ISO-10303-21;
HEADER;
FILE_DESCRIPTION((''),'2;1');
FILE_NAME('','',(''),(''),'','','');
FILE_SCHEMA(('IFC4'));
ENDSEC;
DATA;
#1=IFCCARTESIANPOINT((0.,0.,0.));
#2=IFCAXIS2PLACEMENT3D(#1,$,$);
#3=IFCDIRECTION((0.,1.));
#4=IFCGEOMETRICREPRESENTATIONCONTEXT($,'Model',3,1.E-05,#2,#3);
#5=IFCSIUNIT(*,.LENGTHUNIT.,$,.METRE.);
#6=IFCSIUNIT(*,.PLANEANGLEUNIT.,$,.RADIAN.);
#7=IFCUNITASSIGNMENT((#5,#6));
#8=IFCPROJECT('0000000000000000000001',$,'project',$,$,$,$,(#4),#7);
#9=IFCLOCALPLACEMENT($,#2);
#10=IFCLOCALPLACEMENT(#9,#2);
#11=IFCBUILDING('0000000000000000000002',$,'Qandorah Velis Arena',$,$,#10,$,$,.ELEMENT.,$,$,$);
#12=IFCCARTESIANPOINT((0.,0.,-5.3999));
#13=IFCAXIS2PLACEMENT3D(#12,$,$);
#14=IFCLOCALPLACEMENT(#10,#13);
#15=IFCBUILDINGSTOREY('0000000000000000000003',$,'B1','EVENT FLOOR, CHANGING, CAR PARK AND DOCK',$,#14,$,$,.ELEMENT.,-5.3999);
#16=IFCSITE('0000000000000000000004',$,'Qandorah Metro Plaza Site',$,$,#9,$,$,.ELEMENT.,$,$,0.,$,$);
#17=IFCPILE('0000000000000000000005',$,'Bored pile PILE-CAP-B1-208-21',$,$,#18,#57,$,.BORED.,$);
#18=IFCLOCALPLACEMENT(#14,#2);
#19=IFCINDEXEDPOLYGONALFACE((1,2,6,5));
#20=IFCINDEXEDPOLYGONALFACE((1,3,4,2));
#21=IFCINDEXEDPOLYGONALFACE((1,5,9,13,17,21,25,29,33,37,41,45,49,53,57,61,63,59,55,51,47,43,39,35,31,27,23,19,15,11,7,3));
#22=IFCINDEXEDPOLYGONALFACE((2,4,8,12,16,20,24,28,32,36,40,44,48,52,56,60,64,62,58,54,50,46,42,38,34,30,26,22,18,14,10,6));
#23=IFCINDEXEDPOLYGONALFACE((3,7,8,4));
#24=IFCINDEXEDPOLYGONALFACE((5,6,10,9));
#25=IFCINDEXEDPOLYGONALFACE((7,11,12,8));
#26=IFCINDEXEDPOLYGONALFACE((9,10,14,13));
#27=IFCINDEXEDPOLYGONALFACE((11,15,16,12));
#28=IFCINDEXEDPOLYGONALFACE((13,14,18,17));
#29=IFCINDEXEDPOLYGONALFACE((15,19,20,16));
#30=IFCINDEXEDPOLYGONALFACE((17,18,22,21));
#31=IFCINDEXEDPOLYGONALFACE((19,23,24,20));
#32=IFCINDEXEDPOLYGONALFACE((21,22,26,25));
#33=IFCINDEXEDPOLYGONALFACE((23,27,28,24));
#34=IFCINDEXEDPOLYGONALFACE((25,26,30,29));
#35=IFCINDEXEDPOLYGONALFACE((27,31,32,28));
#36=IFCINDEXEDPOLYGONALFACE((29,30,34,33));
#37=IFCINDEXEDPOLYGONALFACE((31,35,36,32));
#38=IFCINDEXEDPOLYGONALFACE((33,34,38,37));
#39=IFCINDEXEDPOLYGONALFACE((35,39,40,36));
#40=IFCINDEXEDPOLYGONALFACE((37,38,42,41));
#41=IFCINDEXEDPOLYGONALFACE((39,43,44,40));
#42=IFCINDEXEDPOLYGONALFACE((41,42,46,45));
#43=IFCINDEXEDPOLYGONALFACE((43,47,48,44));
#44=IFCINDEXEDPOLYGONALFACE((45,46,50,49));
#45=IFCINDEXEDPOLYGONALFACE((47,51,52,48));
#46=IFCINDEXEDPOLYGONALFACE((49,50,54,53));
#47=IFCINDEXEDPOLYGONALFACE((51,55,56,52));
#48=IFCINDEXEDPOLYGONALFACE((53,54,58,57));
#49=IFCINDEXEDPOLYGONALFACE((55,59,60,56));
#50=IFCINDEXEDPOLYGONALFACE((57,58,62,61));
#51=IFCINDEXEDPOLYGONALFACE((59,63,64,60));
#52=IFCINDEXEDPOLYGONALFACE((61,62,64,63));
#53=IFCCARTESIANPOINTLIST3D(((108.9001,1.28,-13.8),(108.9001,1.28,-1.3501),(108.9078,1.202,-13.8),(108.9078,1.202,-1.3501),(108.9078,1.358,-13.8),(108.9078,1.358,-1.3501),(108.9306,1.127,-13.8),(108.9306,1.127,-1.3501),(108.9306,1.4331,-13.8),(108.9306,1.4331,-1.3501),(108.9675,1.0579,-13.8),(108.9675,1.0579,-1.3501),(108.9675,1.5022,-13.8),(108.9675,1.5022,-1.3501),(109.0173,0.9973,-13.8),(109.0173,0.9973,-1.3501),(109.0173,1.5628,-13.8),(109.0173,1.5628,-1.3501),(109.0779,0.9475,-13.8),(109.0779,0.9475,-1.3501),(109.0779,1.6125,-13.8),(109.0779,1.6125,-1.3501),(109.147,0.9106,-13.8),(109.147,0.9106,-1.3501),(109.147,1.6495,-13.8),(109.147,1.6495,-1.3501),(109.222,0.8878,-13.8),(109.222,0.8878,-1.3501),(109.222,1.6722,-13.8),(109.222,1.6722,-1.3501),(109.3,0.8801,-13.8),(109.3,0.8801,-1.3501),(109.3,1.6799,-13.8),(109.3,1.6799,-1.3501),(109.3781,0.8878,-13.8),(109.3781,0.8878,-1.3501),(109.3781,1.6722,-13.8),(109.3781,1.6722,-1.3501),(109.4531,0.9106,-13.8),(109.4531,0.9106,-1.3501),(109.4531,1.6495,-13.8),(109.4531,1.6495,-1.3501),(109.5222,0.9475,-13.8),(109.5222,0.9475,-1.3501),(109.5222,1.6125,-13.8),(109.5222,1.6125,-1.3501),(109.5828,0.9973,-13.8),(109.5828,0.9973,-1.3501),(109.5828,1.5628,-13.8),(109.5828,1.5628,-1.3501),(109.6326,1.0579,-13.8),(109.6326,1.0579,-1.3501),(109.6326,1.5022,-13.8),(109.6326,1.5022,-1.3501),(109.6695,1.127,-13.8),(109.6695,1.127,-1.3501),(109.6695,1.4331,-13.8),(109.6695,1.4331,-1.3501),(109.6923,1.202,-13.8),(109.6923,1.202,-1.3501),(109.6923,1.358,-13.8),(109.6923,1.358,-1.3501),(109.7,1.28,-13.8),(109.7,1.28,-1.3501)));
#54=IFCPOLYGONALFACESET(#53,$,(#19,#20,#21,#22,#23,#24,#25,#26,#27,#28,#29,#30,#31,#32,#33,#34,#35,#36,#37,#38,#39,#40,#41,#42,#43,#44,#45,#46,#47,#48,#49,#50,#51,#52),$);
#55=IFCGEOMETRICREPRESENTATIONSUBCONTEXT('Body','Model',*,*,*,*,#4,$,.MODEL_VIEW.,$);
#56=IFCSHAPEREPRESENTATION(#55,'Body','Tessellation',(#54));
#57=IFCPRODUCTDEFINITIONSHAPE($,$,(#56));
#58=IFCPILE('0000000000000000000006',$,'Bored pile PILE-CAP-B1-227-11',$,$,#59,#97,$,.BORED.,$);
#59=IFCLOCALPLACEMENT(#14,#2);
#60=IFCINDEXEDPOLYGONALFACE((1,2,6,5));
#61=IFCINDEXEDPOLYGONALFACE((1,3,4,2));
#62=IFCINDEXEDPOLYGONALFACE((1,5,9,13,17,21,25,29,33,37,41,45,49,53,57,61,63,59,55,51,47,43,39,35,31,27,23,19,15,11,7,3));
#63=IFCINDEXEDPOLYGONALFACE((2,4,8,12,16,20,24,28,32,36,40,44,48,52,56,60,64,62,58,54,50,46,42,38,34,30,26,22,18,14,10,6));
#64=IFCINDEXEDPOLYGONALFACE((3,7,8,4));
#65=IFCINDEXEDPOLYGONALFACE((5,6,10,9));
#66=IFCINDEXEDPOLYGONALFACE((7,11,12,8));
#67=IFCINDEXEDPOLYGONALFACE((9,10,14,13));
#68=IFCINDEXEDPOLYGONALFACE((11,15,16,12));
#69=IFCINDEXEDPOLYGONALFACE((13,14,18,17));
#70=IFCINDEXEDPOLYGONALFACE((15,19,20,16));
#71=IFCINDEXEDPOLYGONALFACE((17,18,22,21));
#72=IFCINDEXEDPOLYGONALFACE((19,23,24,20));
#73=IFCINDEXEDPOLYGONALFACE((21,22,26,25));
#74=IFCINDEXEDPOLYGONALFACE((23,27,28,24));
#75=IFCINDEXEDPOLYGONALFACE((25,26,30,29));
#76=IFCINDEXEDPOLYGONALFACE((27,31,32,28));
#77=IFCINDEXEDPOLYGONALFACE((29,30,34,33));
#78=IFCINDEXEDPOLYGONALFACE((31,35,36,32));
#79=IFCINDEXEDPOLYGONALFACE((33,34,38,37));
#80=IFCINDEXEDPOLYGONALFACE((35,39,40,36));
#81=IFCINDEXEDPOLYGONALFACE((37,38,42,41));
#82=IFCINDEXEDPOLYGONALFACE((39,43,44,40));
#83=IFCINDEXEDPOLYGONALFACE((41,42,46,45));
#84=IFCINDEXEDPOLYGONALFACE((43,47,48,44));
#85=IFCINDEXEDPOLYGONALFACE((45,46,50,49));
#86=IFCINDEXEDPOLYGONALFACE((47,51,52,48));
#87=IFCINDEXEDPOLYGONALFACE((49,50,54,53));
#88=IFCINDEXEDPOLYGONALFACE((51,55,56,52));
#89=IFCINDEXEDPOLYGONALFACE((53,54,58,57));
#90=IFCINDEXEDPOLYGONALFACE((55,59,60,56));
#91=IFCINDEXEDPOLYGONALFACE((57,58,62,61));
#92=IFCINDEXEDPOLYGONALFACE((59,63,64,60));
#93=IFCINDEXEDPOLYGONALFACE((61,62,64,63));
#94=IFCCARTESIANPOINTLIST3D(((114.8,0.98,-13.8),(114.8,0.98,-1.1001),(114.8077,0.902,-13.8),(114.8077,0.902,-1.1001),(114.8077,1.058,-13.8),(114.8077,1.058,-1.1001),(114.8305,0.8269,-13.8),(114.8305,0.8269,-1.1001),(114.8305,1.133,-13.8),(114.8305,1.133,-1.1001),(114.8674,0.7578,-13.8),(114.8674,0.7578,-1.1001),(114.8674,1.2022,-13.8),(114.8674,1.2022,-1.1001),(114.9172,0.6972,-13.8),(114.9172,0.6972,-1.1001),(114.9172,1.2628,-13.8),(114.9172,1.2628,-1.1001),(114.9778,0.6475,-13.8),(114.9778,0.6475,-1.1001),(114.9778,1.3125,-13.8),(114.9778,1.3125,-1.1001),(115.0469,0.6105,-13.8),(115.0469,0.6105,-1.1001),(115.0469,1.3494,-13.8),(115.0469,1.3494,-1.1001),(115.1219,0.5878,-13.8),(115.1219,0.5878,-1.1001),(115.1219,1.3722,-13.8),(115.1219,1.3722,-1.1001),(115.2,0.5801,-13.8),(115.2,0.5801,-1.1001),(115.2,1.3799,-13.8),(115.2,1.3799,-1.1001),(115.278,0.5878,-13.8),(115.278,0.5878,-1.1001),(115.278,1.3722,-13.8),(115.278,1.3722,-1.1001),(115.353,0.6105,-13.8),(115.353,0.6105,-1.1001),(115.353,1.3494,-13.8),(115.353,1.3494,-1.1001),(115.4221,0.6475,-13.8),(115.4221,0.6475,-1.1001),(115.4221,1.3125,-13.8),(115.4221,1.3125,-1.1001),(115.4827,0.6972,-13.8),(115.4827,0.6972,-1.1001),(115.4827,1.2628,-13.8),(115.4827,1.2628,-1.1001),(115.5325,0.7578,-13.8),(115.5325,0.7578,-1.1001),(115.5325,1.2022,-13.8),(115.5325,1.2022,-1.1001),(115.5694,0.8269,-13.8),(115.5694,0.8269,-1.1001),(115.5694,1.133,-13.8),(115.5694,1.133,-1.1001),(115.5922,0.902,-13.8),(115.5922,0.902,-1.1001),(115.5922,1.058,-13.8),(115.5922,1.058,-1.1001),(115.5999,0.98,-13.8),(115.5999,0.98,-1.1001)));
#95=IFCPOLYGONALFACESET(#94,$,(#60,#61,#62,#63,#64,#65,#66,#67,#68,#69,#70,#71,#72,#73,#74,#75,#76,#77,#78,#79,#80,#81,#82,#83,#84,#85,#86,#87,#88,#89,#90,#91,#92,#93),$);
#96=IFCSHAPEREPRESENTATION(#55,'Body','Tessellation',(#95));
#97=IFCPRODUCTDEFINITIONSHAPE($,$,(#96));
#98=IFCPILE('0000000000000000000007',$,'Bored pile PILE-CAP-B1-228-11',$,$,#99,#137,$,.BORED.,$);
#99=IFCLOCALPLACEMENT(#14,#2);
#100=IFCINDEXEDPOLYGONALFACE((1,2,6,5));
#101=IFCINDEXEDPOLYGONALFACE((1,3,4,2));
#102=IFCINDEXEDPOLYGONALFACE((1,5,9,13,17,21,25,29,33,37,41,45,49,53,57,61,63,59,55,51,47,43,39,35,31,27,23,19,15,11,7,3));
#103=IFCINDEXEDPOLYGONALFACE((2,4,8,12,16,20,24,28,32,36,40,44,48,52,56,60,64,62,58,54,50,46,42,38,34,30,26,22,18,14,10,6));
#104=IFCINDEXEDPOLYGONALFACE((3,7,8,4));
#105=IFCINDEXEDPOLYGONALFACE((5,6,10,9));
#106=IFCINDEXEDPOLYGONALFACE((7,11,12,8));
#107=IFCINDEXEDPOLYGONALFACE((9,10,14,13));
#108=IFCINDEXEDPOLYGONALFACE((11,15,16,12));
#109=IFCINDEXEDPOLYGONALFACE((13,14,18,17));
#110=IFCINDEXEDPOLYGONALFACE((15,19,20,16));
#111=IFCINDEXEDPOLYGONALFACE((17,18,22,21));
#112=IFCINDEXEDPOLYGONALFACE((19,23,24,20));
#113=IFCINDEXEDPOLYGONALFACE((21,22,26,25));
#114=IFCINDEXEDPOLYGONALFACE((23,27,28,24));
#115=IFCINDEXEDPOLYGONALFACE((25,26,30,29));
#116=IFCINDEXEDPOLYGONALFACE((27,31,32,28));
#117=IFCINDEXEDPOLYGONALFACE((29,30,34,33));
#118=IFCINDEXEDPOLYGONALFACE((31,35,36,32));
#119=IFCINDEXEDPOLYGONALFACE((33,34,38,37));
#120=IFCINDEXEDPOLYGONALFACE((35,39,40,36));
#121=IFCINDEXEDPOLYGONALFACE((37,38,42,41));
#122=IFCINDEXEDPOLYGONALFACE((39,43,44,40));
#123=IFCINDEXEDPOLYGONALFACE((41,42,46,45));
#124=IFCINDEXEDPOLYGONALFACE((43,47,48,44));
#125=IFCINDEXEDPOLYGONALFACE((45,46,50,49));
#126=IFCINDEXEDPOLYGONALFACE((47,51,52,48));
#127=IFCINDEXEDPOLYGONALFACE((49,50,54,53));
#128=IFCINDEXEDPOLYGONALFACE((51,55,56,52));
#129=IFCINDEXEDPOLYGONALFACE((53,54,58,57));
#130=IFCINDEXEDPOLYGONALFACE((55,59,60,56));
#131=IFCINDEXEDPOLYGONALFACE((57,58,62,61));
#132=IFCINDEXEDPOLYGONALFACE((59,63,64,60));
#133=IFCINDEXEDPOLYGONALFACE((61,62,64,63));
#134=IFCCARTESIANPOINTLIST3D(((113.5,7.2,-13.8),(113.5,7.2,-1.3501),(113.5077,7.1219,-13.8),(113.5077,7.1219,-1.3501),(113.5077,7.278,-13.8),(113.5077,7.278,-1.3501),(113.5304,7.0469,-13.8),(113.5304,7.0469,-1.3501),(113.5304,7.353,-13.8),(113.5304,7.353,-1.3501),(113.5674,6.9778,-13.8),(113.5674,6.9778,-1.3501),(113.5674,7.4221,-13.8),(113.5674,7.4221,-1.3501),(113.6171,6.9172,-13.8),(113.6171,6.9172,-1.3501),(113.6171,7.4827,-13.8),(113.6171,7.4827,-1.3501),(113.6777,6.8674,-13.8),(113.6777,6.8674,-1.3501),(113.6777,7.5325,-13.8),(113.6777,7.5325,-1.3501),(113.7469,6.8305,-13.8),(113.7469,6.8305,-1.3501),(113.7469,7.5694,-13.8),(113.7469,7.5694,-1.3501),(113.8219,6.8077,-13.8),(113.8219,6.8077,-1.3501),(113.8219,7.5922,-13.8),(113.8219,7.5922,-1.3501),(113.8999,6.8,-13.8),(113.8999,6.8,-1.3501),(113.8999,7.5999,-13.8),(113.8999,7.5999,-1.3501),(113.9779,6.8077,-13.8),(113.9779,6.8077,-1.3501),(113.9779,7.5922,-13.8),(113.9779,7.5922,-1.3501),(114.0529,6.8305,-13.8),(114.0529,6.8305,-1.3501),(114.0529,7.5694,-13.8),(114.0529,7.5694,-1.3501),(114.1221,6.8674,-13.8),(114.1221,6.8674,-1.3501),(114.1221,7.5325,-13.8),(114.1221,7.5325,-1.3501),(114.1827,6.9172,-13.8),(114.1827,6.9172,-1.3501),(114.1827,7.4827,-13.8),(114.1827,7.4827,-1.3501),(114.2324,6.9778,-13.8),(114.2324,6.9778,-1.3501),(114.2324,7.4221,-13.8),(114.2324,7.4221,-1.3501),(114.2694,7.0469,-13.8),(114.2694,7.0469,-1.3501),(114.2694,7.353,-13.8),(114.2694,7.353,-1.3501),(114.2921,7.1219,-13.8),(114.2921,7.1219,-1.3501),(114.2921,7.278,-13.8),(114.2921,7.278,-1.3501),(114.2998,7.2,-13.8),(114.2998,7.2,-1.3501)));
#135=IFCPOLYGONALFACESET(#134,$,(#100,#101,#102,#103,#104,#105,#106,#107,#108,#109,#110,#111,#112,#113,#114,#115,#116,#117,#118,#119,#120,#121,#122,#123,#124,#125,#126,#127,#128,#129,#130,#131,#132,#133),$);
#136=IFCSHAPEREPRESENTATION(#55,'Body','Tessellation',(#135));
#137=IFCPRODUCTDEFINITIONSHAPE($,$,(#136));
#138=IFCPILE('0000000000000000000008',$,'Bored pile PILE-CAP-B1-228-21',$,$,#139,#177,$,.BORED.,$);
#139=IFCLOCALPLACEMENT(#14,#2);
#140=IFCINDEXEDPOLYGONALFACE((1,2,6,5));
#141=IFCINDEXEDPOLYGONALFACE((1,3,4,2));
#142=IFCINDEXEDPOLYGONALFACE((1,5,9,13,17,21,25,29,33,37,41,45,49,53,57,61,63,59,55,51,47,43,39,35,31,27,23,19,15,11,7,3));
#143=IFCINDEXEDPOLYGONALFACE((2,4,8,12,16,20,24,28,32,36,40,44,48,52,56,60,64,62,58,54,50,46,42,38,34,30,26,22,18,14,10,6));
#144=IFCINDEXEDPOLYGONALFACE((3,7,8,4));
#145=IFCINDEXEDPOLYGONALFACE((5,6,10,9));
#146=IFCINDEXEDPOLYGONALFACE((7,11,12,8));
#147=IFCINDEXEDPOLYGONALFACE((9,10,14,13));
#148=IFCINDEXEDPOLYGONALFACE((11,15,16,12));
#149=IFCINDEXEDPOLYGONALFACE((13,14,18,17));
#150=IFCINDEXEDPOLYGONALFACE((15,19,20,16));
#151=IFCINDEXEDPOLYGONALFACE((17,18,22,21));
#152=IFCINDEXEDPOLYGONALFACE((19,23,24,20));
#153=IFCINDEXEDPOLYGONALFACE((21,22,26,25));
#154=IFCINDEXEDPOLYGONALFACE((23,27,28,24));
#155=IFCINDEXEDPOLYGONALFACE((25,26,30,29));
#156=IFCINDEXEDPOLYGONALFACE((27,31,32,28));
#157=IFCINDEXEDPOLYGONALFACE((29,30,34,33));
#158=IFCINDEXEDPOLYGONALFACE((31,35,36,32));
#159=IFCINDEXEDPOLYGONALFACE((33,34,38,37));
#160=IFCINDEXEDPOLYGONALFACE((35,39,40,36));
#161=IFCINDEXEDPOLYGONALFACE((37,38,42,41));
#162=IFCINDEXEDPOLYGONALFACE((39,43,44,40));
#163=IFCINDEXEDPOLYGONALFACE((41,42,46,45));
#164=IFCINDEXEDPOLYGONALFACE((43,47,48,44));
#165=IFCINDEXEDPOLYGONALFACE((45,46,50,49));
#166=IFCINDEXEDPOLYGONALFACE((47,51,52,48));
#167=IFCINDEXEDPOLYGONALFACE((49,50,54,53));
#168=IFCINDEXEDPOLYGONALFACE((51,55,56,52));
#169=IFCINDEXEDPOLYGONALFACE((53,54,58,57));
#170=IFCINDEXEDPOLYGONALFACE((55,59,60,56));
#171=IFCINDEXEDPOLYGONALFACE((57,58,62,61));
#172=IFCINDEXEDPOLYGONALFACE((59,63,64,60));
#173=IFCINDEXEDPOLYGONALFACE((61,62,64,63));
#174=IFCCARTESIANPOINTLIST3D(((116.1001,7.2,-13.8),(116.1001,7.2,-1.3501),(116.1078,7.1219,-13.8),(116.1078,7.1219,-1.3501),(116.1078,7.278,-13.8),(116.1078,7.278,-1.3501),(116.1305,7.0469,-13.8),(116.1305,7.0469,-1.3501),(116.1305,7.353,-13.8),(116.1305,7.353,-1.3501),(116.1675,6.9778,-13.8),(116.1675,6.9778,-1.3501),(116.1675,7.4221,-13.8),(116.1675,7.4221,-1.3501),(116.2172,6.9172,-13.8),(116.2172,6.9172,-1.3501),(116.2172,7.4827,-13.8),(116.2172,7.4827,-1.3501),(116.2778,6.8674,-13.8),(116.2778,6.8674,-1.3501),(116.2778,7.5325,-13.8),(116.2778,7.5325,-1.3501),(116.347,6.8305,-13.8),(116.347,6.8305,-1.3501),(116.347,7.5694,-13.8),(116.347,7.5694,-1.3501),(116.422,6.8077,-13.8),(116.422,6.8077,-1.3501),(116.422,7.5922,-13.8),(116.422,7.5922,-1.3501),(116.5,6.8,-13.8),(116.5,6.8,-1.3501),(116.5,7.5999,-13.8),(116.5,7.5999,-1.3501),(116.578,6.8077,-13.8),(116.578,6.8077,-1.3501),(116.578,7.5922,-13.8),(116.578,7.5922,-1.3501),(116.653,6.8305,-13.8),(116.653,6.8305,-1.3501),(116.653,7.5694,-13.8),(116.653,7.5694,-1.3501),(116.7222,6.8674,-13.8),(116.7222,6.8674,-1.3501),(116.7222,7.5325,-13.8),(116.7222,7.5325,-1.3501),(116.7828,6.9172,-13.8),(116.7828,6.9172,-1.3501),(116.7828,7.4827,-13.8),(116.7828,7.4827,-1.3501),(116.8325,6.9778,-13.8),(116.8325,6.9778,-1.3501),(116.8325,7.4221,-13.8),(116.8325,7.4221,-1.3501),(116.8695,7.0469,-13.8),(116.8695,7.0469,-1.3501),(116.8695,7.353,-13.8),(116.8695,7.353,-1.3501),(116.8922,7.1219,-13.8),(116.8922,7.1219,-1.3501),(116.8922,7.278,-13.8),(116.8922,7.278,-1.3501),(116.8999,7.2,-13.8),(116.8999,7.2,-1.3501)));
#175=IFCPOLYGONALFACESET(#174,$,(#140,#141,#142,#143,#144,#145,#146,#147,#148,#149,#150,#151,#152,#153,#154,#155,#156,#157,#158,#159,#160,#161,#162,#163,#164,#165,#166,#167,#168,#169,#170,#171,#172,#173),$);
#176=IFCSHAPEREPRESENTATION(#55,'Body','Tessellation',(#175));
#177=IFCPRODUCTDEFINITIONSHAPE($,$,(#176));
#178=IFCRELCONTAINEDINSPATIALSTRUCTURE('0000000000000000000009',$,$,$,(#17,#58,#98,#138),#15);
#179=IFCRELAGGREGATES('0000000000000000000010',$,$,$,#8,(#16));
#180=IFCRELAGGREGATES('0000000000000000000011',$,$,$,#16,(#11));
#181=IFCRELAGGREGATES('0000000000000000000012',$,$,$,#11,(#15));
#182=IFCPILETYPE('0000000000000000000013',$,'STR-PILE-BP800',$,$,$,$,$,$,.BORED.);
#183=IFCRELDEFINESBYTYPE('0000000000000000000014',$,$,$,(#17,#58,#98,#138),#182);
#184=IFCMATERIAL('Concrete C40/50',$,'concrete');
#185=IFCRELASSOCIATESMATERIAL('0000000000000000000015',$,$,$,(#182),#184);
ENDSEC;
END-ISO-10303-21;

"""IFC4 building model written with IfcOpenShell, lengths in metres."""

from ifc_helpers import new_model, si_unit, direction, frame, origin, origin_2d, place, context, subcontext, project, spatial, circle, extrude, material, material_profile, profile_set, type_object, element, save


model = new_model("IFC4")

# Units and contexts
model_context = context("Model", 3, precision=1e-05, world=origin(), true_north=direction((0.0, 1.0)))
body_context = subcontext(model_context, "Body", "Model", "MODEL_VIEW")
ifc_project = project(units=[si_unit("LENGTHUNIT", "METRE"), si_unit("PLANEANGLEUNIT", "RADIAN")], contexts=[model_context])

# Site, building, storey
site_placement = place(None, origin())
site = spatial("IfcSite", under=ifc_project, at=site_placement, Name="Qandorah Metro Plaza Site", CompositionType="ELEMENT", RefElevation=0.0)
building_placement = place(site_placement, origin())
building = spatial("IfcBuilding", under=site, at=building_placement, Name="Qandorah Velis Arena", CompositionType="ELEMENT")
storey_placement = place(building_placement, frame((0.0, 0.0, -5.3999)))
storey = spatial("IfcBuildingStorey", under=building, at=storey_placement, Name="B1", Description="EVENT FLOOR, CHANGING, CAR PARK AND DOCK", CompositionType="ELEMENT", Elevation=-5.3999)

# Shared definitions
ifc_material_1 = material(Name="Concrete C40/50", Category="concrete")

# Piles
ifc_material_profile_1 = material_profile(ifc_material_1, circle(Radius=0.3999, at=origin_2d()), Name="BORED PILE D800")
ifc_profile_set_1 = profile_set([ifc_material_profile_1], Name="Concrete C40/50")
pile_type_1 = type_object("IfcPileType", Name="STR-PILE-BP800", PredefinedType="BORED", material=ifc_profile_set_1)
for number, where, z_axis, x_axis, name in (
    (1, (109.3, 1.28, -1.3501), (0.0, 0.0, -1.0), (1.0, 0.0, 0.0), "Bored pile PILE-CAP-B1-208-21"),
):
    element("IfcPile", number, at=place(storey_placement, frame(where, z_axis=z_axis, x_axis=x_axis)), inside=storey, type_object=pile_type_1, Name=name, PredefinedType="BORED", context=body_context, shape_type="SweptSolid", body=[
        extrude(circle(Radius=0.3999, at=origin_2d()), origin(), (0.0, 0.0, 1.0), 12.45),
    ])
pile_1_placement = place(storey_placement, frame((115.2, 0.98, -1.1001), z_axis=(0.0, 0.0, -1.0), x_axis=(1.0, 0.0, 0.0)))
element("IfcPile", 2, at=pile_1_placement, inside=storey, type_object=pile_type_1, Name="Bored pile PILE-CAP-B1-227-11", PredefinedType="BORED", context=body_context, shape_type="SweptSolid", body=[
    extrude(circle(Radius=0.3999, at=origin_2d()), origin(), (0.0, 0.0, 1.0), 12.7),
])
for number, where, z_axis, x_axis, name in (
    (3, (113.8999, 7.2, -1.3501), (0.0, 0.0, -1.0), (1.0, 0.0, 0.0), "Bored pile PILE-CAP-B1-228-11"),
    (4, (116.5, 7.2, -1.3501), (0.0, 0.0, -1.0), (1.0, 0.0, 0.0), "Bored pile PILE-CAP-B1-228-21"),
):
    element("IfcPile", number, at=place(storey_placement, frame(where, z_axis=z_axis, x_axis=x_axis)), inside=storey, type_object=pile_type_1, Name=name, PredefinedType="BORED", context=body_context, shape_type="SweptSolid", body=[
        extrude(circle(Radius=0.3999, at=origin_2d()), origin(), (0.0, 0.0, 1.0), 12.45),
    ])

save(model, "model.ifc")
